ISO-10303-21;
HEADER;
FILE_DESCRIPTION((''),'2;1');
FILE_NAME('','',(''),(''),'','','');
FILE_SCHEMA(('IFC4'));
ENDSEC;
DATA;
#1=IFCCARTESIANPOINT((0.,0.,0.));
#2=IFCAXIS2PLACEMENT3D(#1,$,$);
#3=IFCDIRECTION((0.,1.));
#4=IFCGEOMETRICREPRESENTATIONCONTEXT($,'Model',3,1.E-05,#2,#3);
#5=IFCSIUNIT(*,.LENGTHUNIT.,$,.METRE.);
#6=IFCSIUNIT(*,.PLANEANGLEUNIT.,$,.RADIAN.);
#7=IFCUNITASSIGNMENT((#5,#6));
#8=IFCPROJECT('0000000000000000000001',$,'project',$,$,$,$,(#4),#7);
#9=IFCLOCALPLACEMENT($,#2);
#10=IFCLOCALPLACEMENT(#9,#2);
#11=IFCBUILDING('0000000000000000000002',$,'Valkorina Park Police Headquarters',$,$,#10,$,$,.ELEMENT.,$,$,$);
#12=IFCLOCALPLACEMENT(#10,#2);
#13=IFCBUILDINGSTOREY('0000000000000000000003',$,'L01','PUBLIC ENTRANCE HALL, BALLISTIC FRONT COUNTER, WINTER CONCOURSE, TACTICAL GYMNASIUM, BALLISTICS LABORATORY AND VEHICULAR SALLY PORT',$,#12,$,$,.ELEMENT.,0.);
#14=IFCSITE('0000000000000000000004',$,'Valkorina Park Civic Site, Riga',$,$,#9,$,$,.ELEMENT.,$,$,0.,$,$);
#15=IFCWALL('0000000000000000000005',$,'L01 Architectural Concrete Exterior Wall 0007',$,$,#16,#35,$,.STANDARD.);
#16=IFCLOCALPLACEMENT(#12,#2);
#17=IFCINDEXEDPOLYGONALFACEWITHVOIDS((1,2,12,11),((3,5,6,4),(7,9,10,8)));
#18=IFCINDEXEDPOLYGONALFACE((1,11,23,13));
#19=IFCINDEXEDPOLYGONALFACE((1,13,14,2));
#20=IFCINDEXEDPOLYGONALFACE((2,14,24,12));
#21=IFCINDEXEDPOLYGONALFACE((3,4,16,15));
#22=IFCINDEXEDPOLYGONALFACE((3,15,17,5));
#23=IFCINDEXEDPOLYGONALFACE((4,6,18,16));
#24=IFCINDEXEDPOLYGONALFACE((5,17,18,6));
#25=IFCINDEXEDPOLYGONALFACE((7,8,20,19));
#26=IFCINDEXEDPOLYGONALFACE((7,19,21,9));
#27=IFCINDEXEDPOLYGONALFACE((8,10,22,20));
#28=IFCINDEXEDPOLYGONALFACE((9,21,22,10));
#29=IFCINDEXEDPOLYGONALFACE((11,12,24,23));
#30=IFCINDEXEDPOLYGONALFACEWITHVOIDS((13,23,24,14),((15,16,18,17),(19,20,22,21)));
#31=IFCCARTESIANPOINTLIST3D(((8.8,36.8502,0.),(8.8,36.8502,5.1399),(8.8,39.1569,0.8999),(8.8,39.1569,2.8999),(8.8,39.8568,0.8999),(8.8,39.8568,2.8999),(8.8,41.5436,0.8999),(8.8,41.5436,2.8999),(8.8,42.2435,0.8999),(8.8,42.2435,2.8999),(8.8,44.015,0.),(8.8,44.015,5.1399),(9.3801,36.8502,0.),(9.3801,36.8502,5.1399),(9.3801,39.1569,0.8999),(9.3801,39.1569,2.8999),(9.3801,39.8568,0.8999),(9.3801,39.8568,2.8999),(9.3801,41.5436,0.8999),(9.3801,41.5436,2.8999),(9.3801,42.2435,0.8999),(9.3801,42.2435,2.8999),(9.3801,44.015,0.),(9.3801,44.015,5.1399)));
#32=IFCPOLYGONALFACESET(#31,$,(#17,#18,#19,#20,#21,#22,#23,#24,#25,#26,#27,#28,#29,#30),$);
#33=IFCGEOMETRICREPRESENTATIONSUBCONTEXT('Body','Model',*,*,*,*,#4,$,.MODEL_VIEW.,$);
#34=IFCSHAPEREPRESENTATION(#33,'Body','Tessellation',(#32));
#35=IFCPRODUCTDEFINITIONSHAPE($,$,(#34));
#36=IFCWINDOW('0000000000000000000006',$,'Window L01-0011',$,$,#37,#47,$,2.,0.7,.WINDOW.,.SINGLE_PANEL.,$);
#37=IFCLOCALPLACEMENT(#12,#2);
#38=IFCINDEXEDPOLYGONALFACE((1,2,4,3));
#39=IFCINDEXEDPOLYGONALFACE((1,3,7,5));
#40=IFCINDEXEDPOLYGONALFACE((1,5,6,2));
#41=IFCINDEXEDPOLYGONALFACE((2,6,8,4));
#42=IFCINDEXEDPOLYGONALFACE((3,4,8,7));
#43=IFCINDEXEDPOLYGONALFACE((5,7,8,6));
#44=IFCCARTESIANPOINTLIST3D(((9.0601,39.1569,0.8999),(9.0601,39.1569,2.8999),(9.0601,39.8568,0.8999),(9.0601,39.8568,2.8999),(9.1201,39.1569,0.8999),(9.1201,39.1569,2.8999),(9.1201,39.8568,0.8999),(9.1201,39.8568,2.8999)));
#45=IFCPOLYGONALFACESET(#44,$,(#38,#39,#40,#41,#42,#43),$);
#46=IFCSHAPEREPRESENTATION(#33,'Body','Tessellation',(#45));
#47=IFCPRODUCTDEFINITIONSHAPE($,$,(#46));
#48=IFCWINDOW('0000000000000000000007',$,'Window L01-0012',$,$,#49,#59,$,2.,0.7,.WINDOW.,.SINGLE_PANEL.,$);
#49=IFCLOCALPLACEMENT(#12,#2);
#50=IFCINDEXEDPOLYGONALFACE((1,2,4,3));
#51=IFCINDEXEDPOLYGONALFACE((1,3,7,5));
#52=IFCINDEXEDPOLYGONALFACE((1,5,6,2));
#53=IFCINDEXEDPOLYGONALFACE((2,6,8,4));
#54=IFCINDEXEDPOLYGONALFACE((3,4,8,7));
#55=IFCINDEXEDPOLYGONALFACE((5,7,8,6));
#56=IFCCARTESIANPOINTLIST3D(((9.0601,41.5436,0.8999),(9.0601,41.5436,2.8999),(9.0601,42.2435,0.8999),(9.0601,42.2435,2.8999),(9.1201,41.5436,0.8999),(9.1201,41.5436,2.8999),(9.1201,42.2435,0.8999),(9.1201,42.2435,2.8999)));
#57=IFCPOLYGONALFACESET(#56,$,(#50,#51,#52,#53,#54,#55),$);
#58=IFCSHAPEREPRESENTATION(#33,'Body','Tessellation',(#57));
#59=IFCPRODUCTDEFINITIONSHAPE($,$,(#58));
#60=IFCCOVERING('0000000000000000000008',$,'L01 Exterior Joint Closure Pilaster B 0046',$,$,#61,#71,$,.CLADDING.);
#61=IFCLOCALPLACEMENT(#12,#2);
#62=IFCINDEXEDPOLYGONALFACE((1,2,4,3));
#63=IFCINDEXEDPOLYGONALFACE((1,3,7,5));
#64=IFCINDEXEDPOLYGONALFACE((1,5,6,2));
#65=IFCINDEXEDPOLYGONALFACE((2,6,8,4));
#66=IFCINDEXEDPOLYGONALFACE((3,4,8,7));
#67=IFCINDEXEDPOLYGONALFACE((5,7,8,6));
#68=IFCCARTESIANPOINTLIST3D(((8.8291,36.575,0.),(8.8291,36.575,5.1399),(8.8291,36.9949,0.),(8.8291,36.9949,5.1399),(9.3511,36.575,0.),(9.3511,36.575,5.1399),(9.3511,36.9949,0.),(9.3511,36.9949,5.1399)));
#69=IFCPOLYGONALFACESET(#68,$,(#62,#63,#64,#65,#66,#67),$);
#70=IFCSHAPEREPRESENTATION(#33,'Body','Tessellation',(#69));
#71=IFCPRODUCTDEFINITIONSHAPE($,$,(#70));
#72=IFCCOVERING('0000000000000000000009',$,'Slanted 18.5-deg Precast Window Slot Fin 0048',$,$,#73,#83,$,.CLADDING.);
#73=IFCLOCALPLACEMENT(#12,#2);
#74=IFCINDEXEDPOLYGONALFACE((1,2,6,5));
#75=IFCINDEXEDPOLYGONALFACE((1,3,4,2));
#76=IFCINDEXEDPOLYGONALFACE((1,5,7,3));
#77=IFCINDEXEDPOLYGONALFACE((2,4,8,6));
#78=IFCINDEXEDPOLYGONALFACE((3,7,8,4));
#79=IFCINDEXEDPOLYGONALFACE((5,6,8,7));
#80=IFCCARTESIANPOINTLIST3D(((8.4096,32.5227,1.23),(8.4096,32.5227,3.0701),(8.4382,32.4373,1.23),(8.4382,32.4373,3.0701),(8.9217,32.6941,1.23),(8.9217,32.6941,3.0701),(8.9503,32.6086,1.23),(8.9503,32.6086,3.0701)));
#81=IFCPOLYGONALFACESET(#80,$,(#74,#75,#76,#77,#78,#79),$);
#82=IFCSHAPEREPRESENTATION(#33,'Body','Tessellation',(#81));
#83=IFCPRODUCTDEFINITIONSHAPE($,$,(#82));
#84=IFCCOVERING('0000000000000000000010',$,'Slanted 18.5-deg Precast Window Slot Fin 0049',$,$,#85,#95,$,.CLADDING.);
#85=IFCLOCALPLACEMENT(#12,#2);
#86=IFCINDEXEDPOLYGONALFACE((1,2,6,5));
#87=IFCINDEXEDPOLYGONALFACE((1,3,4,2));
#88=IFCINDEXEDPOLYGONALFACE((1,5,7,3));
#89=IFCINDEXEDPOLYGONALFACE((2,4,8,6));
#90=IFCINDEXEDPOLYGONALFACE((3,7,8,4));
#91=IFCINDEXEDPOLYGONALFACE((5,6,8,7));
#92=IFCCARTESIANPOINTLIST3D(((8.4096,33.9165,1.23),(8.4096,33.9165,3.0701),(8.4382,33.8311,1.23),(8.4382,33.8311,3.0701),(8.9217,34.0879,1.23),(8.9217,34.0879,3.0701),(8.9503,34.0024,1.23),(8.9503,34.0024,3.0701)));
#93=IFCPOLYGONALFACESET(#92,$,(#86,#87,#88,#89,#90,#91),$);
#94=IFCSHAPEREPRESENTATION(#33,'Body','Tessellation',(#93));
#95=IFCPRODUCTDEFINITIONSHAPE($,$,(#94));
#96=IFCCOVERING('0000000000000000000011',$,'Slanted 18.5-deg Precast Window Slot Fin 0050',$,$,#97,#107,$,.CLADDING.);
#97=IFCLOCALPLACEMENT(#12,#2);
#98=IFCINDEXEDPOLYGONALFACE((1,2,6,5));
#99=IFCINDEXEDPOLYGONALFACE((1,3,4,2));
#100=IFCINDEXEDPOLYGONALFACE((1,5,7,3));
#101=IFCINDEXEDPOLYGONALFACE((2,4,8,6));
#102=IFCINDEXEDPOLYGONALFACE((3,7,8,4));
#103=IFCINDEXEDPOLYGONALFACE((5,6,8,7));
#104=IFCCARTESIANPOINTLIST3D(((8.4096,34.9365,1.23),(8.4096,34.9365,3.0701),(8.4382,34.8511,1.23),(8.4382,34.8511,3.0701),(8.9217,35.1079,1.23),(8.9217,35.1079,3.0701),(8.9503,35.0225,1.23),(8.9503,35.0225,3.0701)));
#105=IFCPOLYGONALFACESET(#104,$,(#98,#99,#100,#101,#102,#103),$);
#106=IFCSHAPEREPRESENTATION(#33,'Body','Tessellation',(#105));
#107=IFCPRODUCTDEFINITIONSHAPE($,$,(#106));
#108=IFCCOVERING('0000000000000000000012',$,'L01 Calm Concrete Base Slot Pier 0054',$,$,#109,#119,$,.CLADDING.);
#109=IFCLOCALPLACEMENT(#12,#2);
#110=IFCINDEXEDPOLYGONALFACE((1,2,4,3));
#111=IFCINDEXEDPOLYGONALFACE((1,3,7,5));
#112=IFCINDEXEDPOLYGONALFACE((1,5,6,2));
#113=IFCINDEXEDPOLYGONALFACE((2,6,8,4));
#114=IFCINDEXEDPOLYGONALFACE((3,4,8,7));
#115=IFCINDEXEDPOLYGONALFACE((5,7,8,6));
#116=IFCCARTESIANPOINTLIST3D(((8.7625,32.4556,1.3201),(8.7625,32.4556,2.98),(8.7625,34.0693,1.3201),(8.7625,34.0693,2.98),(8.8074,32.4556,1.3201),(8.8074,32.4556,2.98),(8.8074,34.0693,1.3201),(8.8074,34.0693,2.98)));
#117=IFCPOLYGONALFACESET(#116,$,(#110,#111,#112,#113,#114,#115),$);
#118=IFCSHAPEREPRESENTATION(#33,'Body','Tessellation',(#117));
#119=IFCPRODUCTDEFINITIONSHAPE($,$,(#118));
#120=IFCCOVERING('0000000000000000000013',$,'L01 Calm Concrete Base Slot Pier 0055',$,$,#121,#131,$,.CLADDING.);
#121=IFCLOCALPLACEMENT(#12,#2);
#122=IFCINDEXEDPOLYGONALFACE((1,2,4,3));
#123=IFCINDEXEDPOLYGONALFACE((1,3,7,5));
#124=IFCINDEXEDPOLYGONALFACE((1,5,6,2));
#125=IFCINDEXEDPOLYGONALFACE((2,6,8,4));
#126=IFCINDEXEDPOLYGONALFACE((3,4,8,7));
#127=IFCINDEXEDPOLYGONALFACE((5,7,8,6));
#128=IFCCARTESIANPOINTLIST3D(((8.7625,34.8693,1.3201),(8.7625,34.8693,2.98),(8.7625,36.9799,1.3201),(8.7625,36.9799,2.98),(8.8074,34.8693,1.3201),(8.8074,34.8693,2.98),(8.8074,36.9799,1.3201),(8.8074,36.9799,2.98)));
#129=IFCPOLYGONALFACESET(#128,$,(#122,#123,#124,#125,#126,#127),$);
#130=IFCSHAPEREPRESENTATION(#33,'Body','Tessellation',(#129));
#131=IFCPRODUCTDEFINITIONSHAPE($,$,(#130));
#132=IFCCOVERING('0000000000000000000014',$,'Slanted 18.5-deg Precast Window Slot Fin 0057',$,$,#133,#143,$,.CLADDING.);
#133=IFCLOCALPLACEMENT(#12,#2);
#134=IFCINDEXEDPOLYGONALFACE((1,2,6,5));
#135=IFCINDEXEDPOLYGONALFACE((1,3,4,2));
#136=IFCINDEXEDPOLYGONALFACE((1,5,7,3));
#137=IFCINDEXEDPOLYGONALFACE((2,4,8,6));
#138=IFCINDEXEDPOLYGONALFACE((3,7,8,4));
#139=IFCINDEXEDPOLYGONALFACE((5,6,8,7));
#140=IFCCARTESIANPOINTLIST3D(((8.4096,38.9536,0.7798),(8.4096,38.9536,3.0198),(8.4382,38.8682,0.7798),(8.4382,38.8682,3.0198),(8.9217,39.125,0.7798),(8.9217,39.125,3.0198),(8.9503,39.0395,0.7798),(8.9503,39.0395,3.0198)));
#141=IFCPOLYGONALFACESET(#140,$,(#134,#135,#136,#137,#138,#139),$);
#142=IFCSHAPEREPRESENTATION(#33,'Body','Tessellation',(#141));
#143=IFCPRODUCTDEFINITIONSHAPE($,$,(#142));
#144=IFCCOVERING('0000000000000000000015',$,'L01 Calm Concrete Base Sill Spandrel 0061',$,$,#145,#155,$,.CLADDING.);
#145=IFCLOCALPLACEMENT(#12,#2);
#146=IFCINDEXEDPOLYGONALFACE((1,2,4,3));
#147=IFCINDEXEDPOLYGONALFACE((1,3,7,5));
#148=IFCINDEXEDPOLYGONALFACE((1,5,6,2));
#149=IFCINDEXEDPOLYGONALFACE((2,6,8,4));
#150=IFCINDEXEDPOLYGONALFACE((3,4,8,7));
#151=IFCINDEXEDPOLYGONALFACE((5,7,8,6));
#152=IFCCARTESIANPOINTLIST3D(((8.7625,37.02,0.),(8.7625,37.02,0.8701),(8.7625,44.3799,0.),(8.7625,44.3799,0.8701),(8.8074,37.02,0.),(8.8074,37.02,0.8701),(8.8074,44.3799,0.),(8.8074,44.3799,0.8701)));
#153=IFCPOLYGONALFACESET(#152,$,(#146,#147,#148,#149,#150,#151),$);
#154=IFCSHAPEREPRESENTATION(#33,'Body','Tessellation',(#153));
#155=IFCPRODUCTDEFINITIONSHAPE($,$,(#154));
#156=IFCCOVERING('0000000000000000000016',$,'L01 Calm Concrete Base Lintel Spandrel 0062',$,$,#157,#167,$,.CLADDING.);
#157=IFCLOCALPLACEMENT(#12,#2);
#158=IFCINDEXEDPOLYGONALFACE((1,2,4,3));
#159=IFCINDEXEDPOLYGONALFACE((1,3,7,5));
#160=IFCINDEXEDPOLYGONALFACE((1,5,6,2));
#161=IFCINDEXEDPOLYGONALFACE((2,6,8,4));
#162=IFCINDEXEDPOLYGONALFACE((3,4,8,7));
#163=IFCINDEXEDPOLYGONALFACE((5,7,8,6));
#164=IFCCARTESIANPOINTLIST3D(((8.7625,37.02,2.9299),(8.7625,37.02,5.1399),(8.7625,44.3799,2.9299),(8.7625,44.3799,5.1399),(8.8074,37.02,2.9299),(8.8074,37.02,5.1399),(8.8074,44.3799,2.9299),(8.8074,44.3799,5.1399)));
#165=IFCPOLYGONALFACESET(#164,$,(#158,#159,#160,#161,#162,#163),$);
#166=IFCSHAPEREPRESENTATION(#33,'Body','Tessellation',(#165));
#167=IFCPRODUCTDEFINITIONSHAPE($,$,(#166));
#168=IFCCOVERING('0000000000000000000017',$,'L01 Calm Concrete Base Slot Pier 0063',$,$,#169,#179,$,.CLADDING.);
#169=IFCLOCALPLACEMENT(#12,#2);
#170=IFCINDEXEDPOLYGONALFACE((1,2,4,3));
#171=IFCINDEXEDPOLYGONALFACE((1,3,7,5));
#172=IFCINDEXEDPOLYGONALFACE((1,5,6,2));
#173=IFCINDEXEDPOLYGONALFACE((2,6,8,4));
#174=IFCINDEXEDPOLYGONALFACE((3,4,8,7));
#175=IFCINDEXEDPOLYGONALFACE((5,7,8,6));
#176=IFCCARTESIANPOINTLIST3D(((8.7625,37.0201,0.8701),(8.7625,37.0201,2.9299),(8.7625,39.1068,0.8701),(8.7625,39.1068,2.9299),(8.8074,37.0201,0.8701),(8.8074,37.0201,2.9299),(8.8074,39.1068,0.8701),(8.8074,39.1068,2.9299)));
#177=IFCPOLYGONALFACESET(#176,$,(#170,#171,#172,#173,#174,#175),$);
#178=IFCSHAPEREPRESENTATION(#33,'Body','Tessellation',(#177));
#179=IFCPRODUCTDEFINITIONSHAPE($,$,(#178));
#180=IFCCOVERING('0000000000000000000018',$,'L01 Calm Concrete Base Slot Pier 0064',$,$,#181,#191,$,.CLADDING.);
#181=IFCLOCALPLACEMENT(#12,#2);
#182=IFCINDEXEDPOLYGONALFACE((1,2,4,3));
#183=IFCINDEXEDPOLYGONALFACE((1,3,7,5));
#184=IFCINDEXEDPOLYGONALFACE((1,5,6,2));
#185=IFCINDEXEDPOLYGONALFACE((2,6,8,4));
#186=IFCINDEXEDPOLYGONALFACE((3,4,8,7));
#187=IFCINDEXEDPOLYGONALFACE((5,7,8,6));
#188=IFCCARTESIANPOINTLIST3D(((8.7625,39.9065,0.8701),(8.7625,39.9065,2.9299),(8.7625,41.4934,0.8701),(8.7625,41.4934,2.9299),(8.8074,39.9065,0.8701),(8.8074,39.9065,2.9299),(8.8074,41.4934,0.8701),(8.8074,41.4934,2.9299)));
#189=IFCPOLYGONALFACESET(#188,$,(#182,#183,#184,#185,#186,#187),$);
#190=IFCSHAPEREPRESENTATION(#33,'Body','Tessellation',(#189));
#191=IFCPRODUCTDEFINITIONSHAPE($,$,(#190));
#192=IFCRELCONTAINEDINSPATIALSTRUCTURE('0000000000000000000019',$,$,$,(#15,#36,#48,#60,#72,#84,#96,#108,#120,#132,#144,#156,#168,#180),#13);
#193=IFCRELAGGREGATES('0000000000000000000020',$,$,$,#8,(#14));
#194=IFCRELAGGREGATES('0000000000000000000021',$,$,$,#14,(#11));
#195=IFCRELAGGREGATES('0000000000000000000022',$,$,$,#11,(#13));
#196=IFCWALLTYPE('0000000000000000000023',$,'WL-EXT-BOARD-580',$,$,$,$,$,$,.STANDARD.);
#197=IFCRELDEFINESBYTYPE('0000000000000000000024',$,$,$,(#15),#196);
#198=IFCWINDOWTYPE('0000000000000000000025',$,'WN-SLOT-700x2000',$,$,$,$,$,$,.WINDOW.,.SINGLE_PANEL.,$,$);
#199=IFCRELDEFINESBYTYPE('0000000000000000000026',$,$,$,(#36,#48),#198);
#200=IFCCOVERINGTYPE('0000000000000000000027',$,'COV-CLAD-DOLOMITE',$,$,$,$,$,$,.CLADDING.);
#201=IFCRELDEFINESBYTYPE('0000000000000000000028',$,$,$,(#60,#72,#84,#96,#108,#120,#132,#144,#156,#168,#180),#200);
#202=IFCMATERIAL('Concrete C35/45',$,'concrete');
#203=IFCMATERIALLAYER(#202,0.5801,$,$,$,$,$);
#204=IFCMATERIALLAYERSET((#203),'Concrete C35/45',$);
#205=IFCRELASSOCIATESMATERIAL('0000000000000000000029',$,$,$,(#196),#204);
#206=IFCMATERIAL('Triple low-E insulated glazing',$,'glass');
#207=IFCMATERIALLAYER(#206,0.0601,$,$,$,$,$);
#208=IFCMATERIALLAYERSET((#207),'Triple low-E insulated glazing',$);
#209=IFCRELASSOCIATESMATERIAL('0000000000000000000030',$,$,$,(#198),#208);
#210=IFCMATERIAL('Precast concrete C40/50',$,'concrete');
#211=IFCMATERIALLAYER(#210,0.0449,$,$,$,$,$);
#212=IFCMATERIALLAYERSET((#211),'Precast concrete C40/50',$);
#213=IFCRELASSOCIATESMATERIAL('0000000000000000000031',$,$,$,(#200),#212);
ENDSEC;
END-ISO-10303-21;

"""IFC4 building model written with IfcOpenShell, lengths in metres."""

from ifc_helpers import new_model, si_unit, direction, frame, frame_2d, origin, origin_2d, place, context, subcontext, project, spatial, rectangle, extrude, material, layer, layer_set, type_object, element, fill, save


model = new_model("IFC4")

# Units and contexts
model_context = context("Model", 3, precision=1e-05, world=origin(), true_north=direction((0.0, 1.0)))
body_context = subcontext(model_context, "Body", "Model", "MODEL_VIEW")
ifc_project = project(units=[si_unit("LENGTHUNIT", "METRE"), si_unit("PLANEANGLEUNIT", "RADIAN")], contexts=[model_context])

# Site, building, storey
site_placement = place(None, origin())
site = spatial("IfcSite", under=ifc_project, at=site_placement, Name="Valkorina Park Civic Site, Riga", CompositionType="ELEMENT", RefElevation=0.0)
building_placement = place(site_placement, origin())
building = spatial("IfcBuilding", under=site, at=building_placement, Name="Valkorina Park Police Headquarters", CompositionType="ELEMENT")
storey_placement = place(building_placement, origin())
storey = spatial("IfcBuildingStorey", under=building, at=storey_placement, Name="L01", Description="PUBLIC ENTRANCE HALL, BALLISTIC FRONT COUNTER, WINTER CONCOURSE, TACTICAL GYMNASIUM, BALLISTICS LABORATORY AND VEHICULAR SALLY PORT", CompositionType="ELEMENT", Elevation=0.0)

# Wall, openings, windows
ifc_material_1 = material(Name="Concrete C35/45", Category="concrete")
ifc_layer_1 = layer(ifc_material_1, 0.5801)
ifc_layer_set_1 = layer_set([ifc_layer_1], Name="Concrete C35/45")
wall_type_1 = type_object("IfcWallType", Name="WL-EXT-BOARD-580", PredefinedType="STANDARD", material=ifc_layer_set_1)
wall_1_placement = place(storey_placement, frame((9.0901, 36.8501, 0.0), z_axis=(0.0, 0.0, 1.0), x_axis=(0.0, 1.0, 0.0)))
wall_1 = element("IfcWall", 1, at=wall_1_placement, inside=storey, type_object=wall_type_1, Name="L01 Architectural Concrete Exterior Wall 0007", PredefinedType="STANDARD", context=body_context, shape_type="SweptSolid", body=[
    extrude(rectangle(XDim=7.1648, YDim=0.5801, at=frame_2d((3.5825, 0.0))), origin(), (0.0, 0.0, 1.0), 5.1399),
])
opening_1_placement = place(wall_1_placement, frame((2.3066, 0.0, 0.8999)))
opening_1 = element("IfcOpeningElement", 2, at=opening_1_placement, cuts=wall_1, PredefinedType="OPENING", context=body_context, shape_type="SweptSolid", body=[
    extrude(rectangle(XDim=0.7, YDim=2.0, at=frame_2d((0.3501, 1.0))), frame((0.0, 0.3, 0.0), z_axis=(0.0, -1.0, 0.0), x_axis=(1.0, 0.0, 0.0)), (0.0, 0.0, 1.0), 0.6001),
])
opening_2_placement = place(wall_1_placement, frame((4.6934, 0.0, 0.8999)))
opening_2 = element("IfcOpeningElement", 3, at=opening_2_placement, cuts=wall_1, PredefinedType="OPENING", context=body_context, shape_type="SweptSolid", body=[
    extrude(rectangle(XDim=0.7, YDim=2.0, at=frame_2d((0.3501, 1.0))), frame((0.0, 0.3, 0.0), z_axis=(0.0, -1.0, 0.0), x_axis=(1.0, 0.0, 0.0)), (0.0, 0.0, 1.0), 0.6001),
])
ifc_material_2 = material(Name="Triple low-E insulated glazing", Category="glass")
ifc_layer_2 = layer(ifc_material_2, 0.0601)
ifc_layer_set_2 = layer_set([ifc_layer_2], Name="Triple low-E insulated glazing")
window_type = type_object("IfcWindowType", Name="WN-SLOT-700x2000", PartitioningType="SINGLE_PANEL", PredefinedType="WINDOW", material=ifc_layer_set_2)
window_1_placement = place(opening_1_placement, origin())
window_1 = element("IfcWindow", 4, at=window_1_placement, inside=storey, type_object=window_type, Name="Window L01-0011", OverallHeight=2.0, OverallWidth=0.7, PartitioningType="SINGLE_PANEL", PredefinedType="WINDOW", context=body_context, shape_type="SweptSolid", body=[
    extrude(rectangle(XDim=0.7, YDim=2.0, at=frame_2d((0.3501, 1.0))), frame((0.0, 0.03, 0.0), z_axis=(0.0, -1.0, 0.0), x_axis=(1.0, 0.0, 0.0)), (0.0, 0.0, 1.0), 0.0601),
])
fill(opening_1, window_1)
window_2_placement = place(opening_2_placement, origin())
window_2 = element("IfcWindow", 5, at=window_2_placement, inside=storey, type_object=window_type, Name="Window L01-0012", OverallHeight=2.0, OverallWidth=0.7, PartitioningType="SINGLE_PANEL", PredefinedType="WINDOW", context=body_context, shape_type="SweptSolid", body=[
    extrude(rectangle(XDim=0.7, YDim=2.0, at=frame_2d((0.3501, 1.0))), frame((0.0, 0.03, 0.0), z_axis=(0.0, -1.0, 0.0), x_axis=(1.0, 0.0, 0.0)), (0.0, 0.0, 1.0), 0.0601),
])
fill(opening_2, window_2)

# Coverings
ifc_material_3 = material(Name="Precast concrete C40/50", Category="concrete")
ifc_layer_3 = layer(ifc_material_3, 0.0449)
ifc_layer_set_3 = layer_set([ifc_layer_3], Name="Precast concrete C40/50")
covering_type = type_object("IfcCoveringType", Name="COV-CLAD-DOLOMITE", PredefinedType="CLADDING", material=ifc_layer_set_3)
covering_1_placement = place(storey_placement, frame((9.0901, 36.7849, 0.0), z_axis=(0.0, 0.0, 1.0), x_axis=(0.0, 1.0, 0.0)))
element("IfcCovering", 6, at=covering_1_placement, inside=storey, type_object=covering_type, Name="L01 Exterior Joint Closure Pilaster B 0046", PredefinedType="CLADDING", context=body_context, shape_type="SweptSolid", body=[
    extrude(rectangle(XDim=0.4199, YDim=0.522, at=origin_2d()), origin(), (0.0, 0.0, 1.0), 5.1399),
])
for number, where, z_axis, x_axis, name in (
    (7, (8.6799, 32.5657, 1.23), (0.0, 0.0, 1.0), (-0.948324, -0.317305, 0.0), "Slanted 18.5-deg Precast Window Slot Fin 0048"),
    (8, (8.6799, 33.9595, 1.23), (0.0, 0.0, 1.0), (-0.948324, -0.317305, 0.0), "Slanted 18.5-deg Precast Window Slot Fin 0049"),
    (9, (8.6799, 34.9795, 1.23), (0.0, 0.0, 1.0), (-0.948324, -0.317305, 0.0), "Slanted 18.5-deg Precast Window Slot Fin 0050"),
):
    element("IfcCovering", number, at=place(storey_placement, frame(where, z_axis=z_axis, x_axis=x_axis)), inside=storey, type_object=covering_type, Name=name, PredefinedType="CLADDING", context=body_context, shape_type="SweptSolid", body=[
        extrude(rectangle(XDim=0.54, YDim=0.0901, at=origin_2d()), origin(), (0.0, 0.0, 1.0), 1.8401),
    ])
covering_2_placement = place(storey_placement, frame((8.7849, 32.4556, 1.3201), z_axis=(0.0, 0.0, 1.0), x_axis=(0.0, 1.0, 0.0)))
element("IfcCovering", 10, at=covering_2_placement, inside=storey, type_object=covering_type, Name="L01 Calm Concrete Base Slot Pier 0054", PredefinedType="CLADDING", context=body_context, shape_type="SweptSolid", body=[
    extrude(rectangle(XDim=1.6138, YDim=0.0449, at=frame_2d((0.8069, 0.0))), origin(), (0.0, 0.0, 1.0), 1.6599),
])
covering_3_placement = place(storey_placement, frame((8.7849, 34.8694, 1.3201), z_axis=(0.0, 0.0, 1.0), x_axis=(0.0, 1.0, 0.0)))
element("IfcCovering", 11, at=covering_3_placement, inside=storey, type_object=covering_type, Name="L01 Calm Concrete Base Slot Pier 0055", PredefinedType="CLADDING", context=body_context, shape_type="SweptSolid", body=[
    extrude(rectangle(XDim=2.1106, YDim=0.0449, at=frame_2d((1.0552, 0.0))), origin(), (0.0, 0.0, 1.0), 1.6599),
])
covering_4_placement = place(storey_placement, frame((8.6799, 38.9966, 0.7798), z_axis=(0.0, 0.0, 1.0), x_axis=(-0.948324, -0.317305, 0.0)))
element("IfcCovering", 12, at=covering_4_placement, inside=storey, type_object=covering_type, Name="Slanted 18.5-deg Precast Window Slot Fin 0057", PredefinedType="CLADDING", context=body_context, shape_type="SweptSolid", body=[
    extrude(rectangle(XDim=0.54, YDim=0.0901, at=origin_2d()), origin(), (0.0, 0.0, 1.0), 2.24),
])
covering_5_placement = place(storey_placement, frame((8.7849, 37.02, 0.0), z_axis=(0.0, 0.0, 1.0), x_axis=(0.0, 1.0, 0.0)))
element("IfcCovering", 13, at=covering_5_placement, inside=storey, type_object=covering_type, Name="L01 Calm Concrete Base Sill Spandrel 0061", PredefinedType="CLADDING", context=body_context, shape_type="SweptSolid", body=[
    extrude(rectangle(XDim=7.3599, YDim=0.0449, at=frame_2d((3.6799, 0.0))), origin(), (0.0, 0.0, 1.0), 0.8701),
])
covering_6_placement = place(storey_placement, frame((8.7849, 37.02, 2.9299), z_axis=(0.0, 0.0, 1.0), x_axis=(0.0, 1.0, 0.0)))
element("IfcCovering", 14, at=covering_6_placement, inside=storey, type_object=covering_type, Name="L01 Calm Concrete Base Lintel Spandrel 0062", PredefinedType="CLADDING", context=body_context, shape_type="SweptSolid", body=[
    extrude(rectangle(XDim=7.3599, YDim=0.0449, at=frame_2d((3.6799, 0.0))), origin(), (0.0, 0.0, 1.0), 2.21),
])
covering_7_placement = place(storey_placement, frame((8.7849, 37.02, 0.8701), z_axis=(0.0, 0.0, 1.0), x_axis=(0.0, 1.0, 0.0)))
element("IfcCovering", 15, at=covering_7_placement, inside=storey, type_object=covering_type, Name="L01 Calm Concrete Base Slot Pier 0063", PredefinedType="CLADDING", context=body_context, shape_type="SweptSolid", body=[
    extrude(rectangle(XDim=2.0867, YDim=0.0449, at=frame_2d((1.0435, 0.0))), origin(), (0.0, 0.0, 1.0), 2.0598),
])
covering_8_placement = place(storey_placement, frame((8.7849, 39.9065, 0.8701), z_axis=(0.0, 0.0, 1.0), x_axis=(0.0, 1.0, 0.0)))
element("IfcCovering", 16, at=covering_8_placement, inside=storey, type_object=covering_type, Name="L01 Calm Concrete Base Slot Pier 0064", PredefinedType="CLADDING", context=body_context, shape_type="SweptSolid", body=[
    extrude(rectangle(XDim=1.5869, YDim=0.0449, at=frame_2d((0.7935, 0.0))), origin(), (0.0, 0.0, 1.0), 2.0598),
])

save(model, "model.ifc")
